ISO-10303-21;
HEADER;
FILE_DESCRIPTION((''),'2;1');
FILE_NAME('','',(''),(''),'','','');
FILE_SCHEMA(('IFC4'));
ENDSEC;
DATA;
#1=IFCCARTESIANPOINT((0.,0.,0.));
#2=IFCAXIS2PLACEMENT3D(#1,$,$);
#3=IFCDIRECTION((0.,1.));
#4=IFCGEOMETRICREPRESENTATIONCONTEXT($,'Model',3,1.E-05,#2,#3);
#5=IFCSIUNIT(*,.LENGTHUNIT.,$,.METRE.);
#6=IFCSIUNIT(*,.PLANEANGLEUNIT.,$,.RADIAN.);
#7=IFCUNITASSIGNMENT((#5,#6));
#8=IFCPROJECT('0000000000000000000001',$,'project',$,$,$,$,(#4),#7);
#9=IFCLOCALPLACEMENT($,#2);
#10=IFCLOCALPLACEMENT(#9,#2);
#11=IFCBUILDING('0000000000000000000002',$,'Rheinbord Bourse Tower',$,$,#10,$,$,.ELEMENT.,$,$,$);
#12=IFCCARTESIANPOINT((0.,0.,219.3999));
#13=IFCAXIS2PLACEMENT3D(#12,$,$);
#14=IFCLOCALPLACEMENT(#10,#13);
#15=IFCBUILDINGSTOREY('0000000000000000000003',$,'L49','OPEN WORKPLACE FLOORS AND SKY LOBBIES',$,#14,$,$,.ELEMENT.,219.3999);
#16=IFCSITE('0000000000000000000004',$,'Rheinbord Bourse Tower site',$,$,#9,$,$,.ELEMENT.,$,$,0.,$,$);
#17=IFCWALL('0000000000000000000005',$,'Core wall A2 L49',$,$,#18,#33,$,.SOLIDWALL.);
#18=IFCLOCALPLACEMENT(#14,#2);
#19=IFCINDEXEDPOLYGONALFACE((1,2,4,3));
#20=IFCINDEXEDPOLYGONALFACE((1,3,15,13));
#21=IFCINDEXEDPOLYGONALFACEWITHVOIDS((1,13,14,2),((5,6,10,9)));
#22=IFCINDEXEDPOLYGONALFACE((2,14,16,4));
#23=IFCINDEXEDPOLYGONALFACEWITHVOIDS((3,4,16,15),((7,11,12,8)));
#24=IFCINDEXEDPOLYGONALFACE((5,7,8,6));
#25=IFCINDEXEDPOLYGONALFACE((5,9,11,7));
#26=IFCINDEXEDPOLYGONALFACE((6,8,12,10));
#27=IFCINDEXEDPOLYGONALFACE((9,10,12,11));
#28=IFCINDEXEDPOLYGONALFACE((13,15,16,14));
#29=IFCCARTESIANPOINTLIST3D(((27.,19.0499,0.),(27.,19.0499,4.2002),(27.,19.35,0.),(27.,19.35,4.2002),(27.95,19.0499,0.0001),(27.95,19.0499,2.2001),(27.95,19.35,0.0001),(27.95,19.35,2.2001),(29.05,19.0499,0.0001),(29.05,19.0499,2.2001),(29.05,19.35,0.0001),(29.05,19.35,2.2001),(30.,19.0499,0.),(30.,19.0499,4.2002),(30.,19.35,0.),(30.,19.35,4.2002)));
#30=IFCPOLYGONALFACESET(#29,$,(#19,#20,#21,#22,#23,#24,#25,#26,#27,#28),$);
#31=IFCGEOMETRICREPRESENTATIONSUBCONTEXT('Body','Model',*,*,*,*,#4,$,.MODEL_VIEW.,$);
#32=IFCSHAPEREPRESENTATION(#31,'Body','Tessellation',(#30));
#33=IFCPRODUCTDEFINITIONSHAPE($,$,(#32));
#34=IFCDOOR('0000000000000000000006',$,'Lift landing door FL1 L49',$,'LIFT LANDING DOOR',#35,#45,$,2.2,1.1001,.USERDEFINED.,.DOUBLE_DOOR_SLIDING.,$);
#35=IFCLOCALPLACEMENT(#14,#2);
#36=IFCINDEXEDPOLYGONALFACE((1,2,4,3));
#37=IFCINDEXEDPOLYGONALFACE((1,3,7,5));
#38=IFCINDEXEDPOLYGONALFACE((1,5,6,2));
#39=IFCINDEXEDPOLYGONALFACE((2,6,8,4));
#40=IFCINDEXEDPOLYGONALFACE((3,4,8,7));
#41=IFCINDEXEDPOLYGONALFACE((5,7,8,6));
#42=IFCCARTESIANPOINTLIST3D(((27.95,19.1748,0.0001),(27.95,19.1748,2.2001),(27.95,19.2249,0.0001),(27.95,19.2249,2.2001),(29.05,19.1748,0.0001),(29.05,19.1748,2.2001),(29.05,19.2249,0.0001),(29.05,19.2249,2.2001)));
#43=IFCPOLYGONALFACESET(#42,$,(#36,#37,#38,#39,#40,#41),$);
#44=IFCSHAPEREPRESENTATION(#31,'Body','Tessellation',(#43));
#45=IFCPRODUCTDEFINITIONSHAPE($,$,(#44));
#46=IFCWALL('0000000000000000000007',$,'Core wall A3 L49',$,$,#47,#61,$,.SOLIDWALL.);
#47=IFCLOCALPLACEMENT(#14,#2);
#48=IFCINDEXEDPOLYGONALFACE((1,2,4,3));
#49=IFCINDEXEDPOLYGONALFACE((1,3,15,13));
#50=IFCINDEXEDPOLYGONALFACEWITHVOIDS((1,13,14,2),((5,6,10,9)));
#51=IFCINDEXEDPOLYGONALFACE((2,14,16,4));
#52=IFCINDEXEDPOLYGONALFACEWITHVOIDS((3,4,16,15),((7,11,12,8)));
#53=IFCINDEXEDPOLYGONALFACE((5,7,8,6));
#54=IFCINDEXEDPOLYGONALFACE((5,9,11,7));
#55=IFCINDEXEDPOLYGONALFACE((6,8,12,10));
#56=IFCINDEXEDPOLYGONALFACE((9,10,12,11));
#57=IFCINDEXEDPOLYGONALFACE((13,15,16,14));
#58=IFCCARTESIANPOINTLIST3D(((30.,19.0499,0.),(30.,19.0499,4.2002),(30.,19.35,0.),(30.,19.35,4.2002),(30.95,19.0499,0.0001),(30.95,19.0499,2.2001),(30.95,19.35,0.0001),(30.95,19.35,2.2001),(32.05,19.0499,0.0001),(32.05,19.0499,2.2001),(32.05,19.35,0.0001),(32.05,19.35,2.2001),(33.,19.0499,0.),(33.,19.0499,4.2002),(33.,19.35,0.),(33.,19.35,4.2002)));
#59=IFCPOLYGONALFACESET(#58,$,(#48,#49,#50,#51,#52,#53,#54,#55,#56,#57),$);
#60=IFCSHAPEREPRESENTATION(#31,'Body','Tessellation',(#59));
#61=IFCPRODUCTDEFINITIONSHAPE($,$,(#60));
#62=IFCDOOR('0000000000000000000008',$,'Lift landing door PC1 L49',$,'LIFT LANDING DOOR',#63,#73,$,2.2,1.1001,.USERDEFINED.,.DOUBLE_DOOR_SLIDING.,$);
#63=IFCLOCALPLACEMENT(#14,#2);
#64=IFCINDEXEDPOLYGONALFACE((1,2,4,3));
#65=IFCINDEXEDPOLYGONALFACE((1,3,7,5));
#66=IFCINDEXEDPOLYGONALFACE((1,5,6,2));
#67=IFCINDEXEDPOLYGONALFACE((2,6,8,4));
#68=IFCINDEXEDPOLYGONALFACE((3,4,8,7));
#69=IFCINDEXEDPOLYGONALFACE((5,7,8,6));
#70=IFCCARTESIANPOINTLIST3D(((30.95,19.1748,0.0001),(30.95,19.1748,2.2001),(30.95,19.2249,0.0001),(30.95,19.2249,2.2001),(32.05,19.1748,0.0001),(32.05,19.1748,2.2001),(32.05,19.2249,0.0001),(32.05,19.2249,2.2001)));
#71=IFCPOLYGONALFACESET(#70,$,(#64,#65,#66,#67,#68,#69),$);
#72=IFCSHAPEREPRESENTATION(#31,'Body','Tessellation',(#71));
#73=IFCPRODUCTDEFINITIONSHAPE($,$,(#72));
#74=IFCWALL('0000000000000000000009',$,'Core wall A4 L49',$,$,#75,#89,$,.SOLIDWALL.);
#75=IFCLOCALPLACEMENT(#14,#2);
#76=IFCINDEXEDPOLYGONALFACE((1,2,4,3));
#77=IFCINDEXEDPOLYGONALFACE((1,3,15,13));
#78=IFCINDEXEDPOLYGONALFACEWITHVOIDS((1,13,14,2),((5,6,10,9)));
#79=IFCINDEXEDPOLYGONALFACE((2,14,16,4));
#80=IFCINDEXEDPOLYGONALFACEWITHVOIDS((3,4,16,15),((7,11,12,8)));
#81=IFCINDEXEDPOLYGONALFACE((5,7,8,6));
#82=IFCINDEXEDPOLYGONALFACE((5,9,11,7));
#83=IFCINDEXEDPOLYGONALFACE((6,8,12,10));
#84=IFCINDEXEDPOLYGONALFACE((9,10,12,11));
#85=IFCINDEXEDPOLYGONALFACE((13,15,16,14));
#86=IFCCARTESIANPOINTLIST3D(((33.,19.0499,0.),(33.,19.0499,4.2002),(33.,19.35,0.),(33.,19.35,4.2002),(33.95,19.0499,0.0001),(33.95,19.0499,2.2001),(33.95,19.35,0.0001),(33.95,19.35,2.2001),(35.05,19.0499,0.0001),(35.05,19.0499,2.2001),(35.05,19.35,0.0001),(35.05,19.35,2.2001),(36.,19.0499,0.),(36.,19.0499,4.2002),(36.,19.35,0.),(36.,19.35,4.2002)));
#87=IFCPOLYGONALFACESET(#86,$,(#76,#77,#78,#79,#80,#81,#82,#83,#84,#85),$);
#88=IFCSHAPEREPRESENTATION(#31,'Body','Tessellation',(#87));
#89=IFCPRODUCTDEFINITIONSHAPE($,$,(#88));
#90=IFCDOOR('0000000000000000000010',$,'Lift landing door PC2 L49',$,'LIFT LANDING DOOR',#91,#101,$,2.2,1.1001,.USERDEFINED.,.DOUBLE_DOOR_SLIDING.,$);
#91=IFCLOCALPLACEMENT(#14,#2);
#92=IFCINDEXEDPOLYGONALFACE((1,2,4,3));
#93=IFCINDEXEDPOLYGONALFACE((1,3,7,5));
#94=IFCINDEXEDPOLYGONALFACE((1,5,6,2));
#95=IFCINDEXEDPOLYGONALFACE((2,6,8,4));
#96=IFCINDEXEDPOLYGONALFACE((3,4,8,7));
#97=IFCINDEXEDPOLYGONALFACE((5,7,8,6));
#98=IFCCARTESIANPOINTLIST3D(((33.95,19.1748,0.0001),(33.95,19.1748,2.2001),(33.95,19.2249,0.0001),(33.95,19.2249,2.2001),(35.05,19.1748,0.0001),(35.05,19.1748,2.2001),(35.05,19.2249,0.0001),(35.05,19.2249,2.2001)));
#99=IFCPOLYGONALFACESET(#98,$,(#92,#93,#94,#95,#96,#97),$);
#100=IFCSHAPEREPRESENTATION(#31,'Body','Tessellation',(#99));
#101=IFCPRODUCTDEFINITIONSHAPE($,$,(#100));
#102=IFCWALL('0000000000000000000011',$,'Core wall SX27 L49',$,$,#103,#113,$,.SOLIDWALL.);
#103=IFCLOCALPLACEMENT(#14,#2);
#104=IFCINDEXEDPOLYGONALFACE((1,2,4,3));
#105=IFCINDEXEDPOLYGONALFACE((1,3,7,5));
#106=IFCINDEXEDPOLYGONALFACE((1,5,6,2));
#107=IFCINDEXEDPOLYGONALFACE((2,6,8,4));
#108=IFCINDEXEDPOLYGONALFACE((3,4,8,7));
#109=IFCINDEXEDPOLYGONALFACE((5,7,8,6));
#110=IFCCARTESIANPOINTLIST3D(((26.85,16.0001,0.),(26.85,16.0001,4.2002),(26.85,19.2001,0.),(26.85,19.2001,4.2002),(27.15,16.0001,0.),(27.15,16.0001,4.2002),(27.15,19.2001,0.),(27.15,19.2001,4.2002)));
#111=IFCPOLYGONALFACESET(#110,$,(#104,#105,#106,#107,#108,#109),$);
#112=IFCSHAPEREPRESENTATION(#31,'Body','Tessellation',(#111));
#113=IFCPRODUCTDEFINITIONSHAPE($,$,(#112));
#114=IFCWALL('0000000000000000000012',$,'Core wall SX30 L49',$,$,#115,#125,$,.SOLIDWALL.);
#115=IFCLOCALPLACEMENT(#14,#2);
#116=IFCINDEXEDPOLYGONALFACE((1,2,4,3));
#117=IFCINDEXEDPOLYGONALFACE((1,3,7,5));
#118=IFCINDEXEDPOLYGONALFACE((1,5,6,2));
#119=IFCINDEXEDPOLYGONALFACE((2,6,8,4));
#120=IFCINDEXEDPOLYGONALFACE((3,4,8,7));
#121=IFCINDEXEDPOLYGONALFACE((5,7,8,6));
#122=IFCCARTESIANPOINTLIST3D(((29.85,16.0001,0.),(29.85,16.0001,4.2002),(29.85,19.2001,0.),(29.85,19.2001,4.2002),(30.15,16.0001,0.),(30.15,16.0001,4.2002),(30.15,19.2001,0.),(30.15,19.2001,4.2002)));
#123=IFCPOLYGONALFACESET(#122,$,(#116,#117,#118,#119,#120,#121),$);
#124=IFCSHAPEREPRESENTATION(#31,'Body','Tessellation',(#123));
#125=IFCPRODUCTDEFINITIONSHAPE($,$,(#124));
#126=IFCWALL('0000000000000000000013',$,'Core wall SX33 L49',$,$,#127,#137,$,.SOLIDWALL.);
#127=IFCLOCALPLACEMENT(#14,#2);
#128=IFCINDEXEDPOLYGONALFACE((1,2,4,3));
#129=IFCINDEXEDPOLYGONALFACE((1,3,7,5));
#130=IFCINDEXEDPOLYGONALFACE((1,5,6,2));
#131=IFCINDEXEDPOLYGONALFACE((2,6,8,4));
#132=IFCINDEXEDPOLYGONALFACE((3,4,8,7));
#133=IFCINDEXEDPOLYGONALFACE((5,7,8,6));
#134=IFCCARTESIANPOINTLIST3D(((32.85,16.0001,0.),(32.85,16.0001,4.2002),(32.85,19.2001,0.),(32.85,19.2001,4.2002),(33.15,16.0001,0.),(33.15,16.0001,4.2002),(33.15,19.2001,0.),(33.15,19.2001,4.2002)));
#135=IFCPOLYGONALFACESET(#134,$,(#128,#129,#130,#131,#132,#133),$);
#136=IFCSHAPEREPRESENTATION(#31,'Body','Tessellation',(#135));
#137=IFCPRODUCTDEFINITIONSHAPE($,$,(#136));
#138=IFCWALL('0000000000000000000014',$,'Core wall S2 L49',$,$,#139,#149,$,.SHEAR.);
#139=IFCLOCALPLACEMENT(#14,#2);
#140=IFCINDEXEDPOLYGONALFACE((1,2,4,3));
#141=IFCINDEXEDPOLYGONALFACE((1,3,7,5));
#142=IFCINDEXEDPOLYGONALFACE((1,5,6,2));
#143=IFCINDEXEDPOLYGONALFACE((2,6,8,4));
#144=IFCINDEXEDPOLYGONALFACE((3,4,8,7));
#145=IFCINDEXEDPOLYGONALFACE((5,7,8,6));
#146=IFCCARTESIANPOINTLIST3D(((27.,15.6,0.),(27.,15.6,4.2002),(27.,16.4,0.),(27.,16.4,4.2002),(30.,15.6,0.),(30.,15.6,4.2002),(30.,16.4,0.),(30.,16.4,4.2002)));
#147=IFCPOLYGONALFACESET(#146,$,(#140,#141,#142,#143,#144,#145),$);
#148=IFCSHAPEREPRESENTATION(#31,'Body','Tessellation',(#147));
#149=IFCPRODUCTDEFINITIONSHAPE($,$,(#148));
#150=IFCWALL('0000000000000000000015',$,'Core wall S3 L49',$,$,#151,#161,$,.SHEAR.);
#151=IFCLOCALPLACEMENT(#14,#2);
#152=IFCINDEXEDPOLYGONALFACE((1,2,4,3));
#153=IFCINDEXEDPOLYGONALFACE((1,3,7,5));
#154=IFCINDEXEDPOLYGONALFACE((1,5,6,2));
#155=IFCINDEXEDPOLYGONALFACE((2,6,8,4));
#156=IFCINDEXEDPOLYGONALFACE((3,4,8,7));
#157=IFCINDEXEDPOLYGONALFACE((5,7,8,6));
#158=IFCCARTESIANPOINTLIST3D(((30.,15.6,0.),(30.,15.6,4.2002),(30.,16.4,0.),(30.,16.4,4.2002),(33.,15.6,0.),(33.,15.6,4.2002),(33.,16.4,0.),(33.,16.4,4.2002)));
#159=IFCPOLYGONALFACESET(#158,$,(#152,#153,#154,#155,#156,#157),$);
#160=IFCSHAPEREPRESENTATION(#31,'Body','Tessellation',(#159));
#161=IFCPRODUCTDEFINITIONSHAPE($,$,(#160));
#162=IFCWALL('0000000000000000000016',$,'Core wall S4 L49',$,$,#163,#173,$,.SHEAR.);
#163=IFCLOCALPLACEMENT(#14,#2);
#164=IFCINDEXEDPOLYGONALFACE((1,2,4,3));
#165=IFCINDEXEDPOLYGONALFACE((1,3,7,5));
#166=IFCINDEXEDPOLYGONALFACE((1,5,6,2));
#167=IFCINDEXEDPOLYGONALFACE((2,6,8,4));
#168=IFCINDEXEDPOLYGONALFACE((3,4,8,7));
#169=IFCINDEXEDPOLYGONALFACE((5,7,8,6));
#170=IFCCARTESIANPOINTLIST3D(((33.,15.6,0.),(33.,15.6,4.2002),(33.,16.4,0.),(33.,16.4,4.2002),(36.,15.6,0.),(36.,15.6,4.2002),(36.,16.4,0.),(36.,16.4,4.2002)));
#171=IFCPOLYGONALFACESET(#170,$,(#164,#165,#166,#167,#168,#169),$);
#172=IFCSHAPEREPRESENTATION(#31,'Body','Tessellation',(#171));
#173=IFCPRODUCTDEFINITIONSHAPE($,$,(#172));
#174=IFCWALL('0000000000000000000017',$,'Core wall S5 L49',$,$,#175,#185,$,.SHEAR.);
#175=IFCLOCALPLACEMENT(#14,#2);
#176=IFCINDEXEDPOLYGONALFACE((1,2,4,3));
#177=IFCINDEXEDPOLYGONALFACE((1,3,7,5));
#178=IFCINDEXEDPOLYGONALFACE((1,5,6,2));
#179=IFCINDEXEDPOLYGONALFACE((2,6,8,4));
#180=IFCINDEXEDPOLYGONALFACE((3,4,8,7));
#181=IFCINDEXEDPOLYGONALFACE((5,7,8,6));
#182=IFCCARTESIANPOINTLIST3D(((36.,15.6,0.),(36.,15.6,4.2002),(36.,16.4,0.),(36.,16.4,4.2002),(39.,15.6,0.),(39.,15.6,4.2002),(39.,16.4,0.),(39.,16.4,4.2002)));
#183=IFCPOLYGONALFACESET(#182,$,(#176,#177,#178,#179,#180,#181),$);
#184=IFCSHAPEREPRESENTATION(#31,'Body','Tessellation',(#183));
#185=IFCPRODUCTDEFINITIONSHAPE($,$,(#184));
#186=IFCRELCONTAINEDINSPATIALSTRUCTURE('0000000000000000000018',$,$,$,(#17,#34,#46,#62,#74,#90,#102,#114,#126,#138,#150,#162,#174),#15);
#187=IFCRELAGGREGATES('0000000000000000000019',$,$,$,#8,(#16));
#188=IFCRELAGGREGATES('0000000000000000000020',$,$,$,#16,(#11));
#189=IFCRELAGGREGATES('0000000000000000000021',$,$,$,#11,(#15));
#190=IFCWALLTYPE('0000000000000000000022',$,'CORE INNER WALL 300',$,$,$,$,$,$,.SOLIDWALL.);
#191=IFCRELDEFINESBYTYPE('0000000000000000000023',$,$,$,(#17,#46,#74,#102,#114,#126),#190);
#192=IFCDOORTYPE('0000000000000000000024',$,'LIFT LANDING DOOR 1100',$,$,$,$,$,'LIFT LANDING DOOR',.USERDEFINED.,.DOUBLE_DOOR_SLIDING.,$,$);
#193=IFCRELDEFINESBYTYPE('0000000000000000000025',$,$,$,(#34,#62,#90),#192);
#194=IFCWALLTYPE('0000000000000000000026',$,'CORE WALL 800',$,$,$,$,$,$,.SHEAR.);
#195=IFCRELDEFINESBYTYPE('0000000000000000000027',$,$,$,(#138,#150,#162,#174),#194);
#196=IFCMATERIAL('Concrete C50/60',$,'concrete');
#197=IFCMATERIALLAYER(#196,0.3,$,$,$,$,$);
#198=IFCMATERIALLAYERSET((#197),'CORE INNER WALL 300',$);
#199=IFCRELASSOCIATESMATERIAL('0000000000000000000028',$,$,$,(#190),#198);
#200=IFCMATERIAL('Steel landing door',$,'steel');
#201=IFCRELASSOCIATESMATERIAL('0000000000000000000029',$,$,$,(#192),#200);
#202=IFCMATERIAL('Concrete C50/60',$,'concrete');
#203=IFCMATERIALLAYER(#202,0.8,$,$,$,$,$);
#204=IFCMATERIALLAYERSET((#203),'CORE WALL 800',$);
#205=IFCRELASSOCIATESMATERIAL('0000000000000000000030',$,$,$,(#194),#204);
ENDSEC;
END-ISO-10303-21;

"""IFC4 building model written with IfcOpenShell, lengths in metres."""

from ifc_helpers import new_model, si_unit, direction, frame, frame_2d, origin, place, context, subcontext, project, spatial, rectangle, extrude, material, layer, layer_set, type_object, element, fill, save


model = new_model("IFC4")

# Units and contexts
model_context = context("Model", 3, precision=1e-05, world=origin(), true_north=direction((0.0, 1.0)))
body_context = subcontext(model_context, "Body", "Model", "MODEL_VIEW")
ifc_project = project(units=[si_unit("LENGTHUNIT", "METRE"), si_unit("PLANEANGLEUNIT", "RADIAN")], contexts=[model_context])

# Site, building, storey
site_placement = place(None, origin())
site = spatial("IfcSite", under=ifc_project, at=site_placement, Name="Rheinbord Bourse Tower site", CompositionType="ELEMENT", RefElevation=0.0)
building_placement = place(site_placement, origin())
building = spatial("IfcBuilding", under=site, at=building_placement, Name="Rheinbord Bourse Tower", CompositionType="ELEMENT")
storey_placement = place(building_placement, frame((0.0, 0.0, 219.3999)))
storey = spatial("IfcBuildingStorey", under=building, at=storey_placement, Name="L49", Description="OPEN WORKPLACE FLOORS AND SKY LOBBIES", CompositionType="ELEMENT", Elevation=219.3999)

# Walls, openings, doors
ifc_material_1 = material(Name="Concrete C50/60", Category="concrete")
ifc_layer_1 = layer(ifc_material_1, 0.3)
ifc_layer_set_1 = layer_set([ifc_layer_1], Name="CORE INNER WALL 300")
wall_type_1 = type_object("IfcWallType", Name="CORE INNER WALL 300", PredefinedType="SOLIDWALL", material=ifc_layer_set_1)
wall_1_placement = place(storey_placement, frame((27.0, 19.2, 0.0), z_axis=(0.0, 0.0, 1.0), x_axis=(1.0, 0.0, 0.0)))
wall_1 = element("IfcWall", 1, at=wall_1_placement, inside=storey, type_object=wall_type_1, Name="Core wall A2 L49", PredefinedType="SOLIDWALL", context=body_context, shape_type="SweptSolid", body=[
    extrude(rectangle(XDim=3.0, YDim=0.3, at=frame_2d((1.5, 0.0))), origin(), (0.0, 0.0, 1.0), 4.2002),
])
opening_1_placement = place(wall_1_placement, frame((0.95, 0.0, 0.0)))
opening_1 = element("IfcOpeningElement", 2, at=opening_1_placement, cuts=wall_1, PredefinedType="OPENING", context=body_context, shape_type="SweptSolid", body=[
    extrude(rectangle(XDim=1.1001, YDim=2.2, at=frame_2d((0.55, 1.1001))), frame((0.0, 0.1599, 0.0), z_axis=(0.0, -1.0, 0.0), x_axis=(1.0, 0.0, 0.0)), (0.0, 0.0, 1.0), 0.3201),
])
ifc_material_2 = material(Name="Steel landing door", Category="steel")
door_type_1 = type_object("IfcDoorType", Name="LIFT LANDING DOOR 1100", ElementType="LIFT LANDING DOOR", OperationType="DOUBLE_DOOR_SLIDING", PredefinedType="USERDEFINED", material=ifc_material_2)
door_1_placement = place(opening_1_placement, origin())
door_1 = element("IfcDoor", 3, at=door_1_placement, inside=storey, type_object=door_type_1, Name="Lift landing door FL1 L49", ObjectType="LIFT LANDING DOOR", OperationType="DOUBLE_DOOR_SLIDING", OverallHeight=2.2, OverallWidth=1.1001, PredefinedType="USERDEFINED", context=body_context, shape_type="SweptSolid", body=[
    extrude(rectangle(XDim=1.1001, YDim=2.2, at=frame_2d((0.55, 1.1001))), frame((0.0, 0.0249, 0.0), z_axis=(0.0, -1.0, 0.0), x_axis=(1.0, 0.0, 0.0)), (0.0, 0.0, 1.0), 0.05),
])
fill(opening_1, door_1)
wall_2_placement = place(storey_placement, frame((30.0, 19.2, 0.0), z_axis=(0.0, 0.0, 1.0), x_axis=(1.0, 0.0, 0.0)))
wall_2 = element("IfcWall", 4, at=wall_2_placement, inside=storey, type_object=wall_type_1, Name="Core wall A3 L49", PredefinedType="SOLIDWALL", context=body_context, shape_type="SweptSolid", body=[
    extrude(rectangle(XDim=3.0, YDim=0.3, at=frame_2d((1.5, 0.0))), origin(), (0.0, 0.0, 1.0), 4.2002),
])
opening_2_placement = place(wall_2_placement, frame((0.95, 0.0, 0.0)))
opening_2 = element("IfcOpeningElement", 5, at=opening_2_placement, cuts=wall_2, PredefinedType="OPENING", context=body_context, shape_type="SweptSolid", body=[
    extrude(rectangle(XDim=1.1001, YDim=2.2, at=frame_2d((0.55, 1.1001))), frame((0.0, 0.1599, 0.0), z_axis=(0.0, -1.0, 0.0), x_axis=(1.0, 0.0, 0.0)), (0.0, 0.0, 1.0), 0.3201),
])
door_2_placement = place(opening_2_placement, origin())
door_2 = element("IfcDoor", 6, at=door_2_placement, inside=storey, type_object=door_type_1, Name="Lift landing door PC1 L49", ObjectType="LIFT LANDING DOOR", OperationType="DOUBLE_DOOR_SLIDING", OverallHeight=2.2, OverallWidth=1.1001, PredefinedType="USERDEFINED", context=body_context, shape_type="SweptSolid", body=[
    extrude(rectangle(XDim=1.1001, YDim=2.2, at=frame_2d((0.55, 1.1001))), frame((0.0, 0.0249, 0.0), z_axis=(0.0, -1.0, 0.0), x_axis=(1.0, 0.0, 0.0)), (0.0, 0.0, 1.0), 0.05),
])
fill(opening_2, door_2)
wall_3_placement = place(storey_placement, frame((33.0, 19.2, 0.0), z_axis=(0.0, 0.0, 1.0), x_axis=(1.0, 0.0, 0.0)))
wall_3 = element("IfcWall", 7, at=wall_3_placement, inside=storey, type_object=wall_type_1, Name="Core wall A4 L49", PredefinedType="SOLIDWALL", context=body_context, shape_type="SweptSolid", body=[
    extrude(rectangle(XDim=3.0, YDim=0.3, at=frame_2d((1.5, 0.0))), origin(), (0.0, 0.0, 1.0), 4.2002),
])
opening_3_placement = place(wall_3_placement, frame((0.95, 0.0, 0.0)))
opening_3 = element("IfcOpeningElement", 8, at=opening_3_placement, cuts=wall_3, PredefinedType="OPENING", context=body_context, shape_type="SweptSolid", body=[
    extrude(rectangle(XDim=1.1001, YDim=2.2, at=frame_2d((0.55, 1.1001))), frame((0.0, 0.1599, 0.0), z_axis=(0.0, -1.0, 0.0), x_axis=(1.0, 0.0, 0.0)), (0.0, 0.0, 1.0), 0.3201),
])
door_3_placement = place(opening_3_placement, origin())
door_3 = element("IfcDoor", 9, at=door_3_placement, inside=storey, type_object=door_type_1, Name="Lift landing door PC2 L49", ObjectType="LIFT LANDING DOOR", OperationType="DOUBLE_DOOR_SLIDING", OverallHeight=2.2, OverallWidth=1.1001, PredefinedType="USERDEFINED", context=body_context, shape_type="SweptSolid", body=[
    extrude(rectangle(XDim=1.1001, YDim=2.2, at=frame_2d((0.55, 1.1001))), frame((0.0, 0.0249, 0.0), z_axis=(0.0, -1.0, 0.0), x_axis=(1.0, 0.0, 0.0)), (0.0, 0.0, 1.0), 0.05),
])
fill(opening_3, door_3)

# Walls
for number, where, z_axis, x_axis, name in (
    (10, (27.0, 16.0, 0.0), (0.0, 0.0, 1.0), (0.0, 1.0, 0.0), "Core wall SX27 L49"),
    (11, (30.0, 16.0, 0.0), (0.0, 0.0, 1.0), (0.0, 1.0, 0.0), "Core wall SX30 L49"),
    (12, (33.0, 16.0, 0.0), (0.0, 0.0, 1.0), (0.0, 1.0, 0.0), "Core wall SX33 L49"),
):
    element("IfcWall", number, at=place(storey_placement, frame(where, z_axis=z_axis, x_axis=x_axis)), inside=storey, type_object=wall_type_1, Name=name, PredefinedType="SOLIDWALL", context=body_context, shape_type="SweptSolid", body=[
        extrude(rectangle(XDim=3.2, YDim=0.3, at=frame_2d((1.6001, 0.0))), origin(), (0.0, 0.0, 1.0), 4.2002),
    ])
ifc_material_3 = material(Name="Concrete C50/60", Category="concrete")
ifc_layer_2 = layer(ifc_material_3, 0.8)
ifc_layer_set_2 = layer_set([ifc_layer_2], Name="CORE WALL 800")
wall_type_2 = type_object("IfcWallType", Name="CORE WALL 800", PredefinedType="SHEAR", material=ifc_layer_set_2)
for number, where, z_axis, x_axis, name in (
    (13, (27.0, 16.0, 0.0), (0.0, 0.0, 1.0), (1.0, 0.0, 0.0), "Core wall S2 L49"),
    (14, (30.0, 16.0, 0.0), (0.0, 0.0, 1.0), (1.0, 0.0, 0.0), "Core wall S3 L49"),
    (15, (33.0, 16.0, 0.0), (0.0, 0.0, 1.0), (1.0, 0.0, 0.0), "Core wall S4 L49"),
    (16, (36.0, 16.0, 0.0), (0.0, 0.0, 1.0), (1.0, 0.0, 0.0), "Core wall S5 L49"),
):
    element("IfcWall", number, at=place(storey_placement, frame(where, z_axis=z_axis, x_axis=x_axis)), inside=storey, type_object=wall_type_2, Name=name, PredefinedType="SHEAR", context=body_context, shape_type="SweptSolid", body=[
        extrude(rectangle(XDim=3.0, YDim=0.8, at=frame_2d((1.5, 0.0))), origin(), (0.0, 0.0, 1.0), 4.2002),
    ])

save(model, "model.ifc")
